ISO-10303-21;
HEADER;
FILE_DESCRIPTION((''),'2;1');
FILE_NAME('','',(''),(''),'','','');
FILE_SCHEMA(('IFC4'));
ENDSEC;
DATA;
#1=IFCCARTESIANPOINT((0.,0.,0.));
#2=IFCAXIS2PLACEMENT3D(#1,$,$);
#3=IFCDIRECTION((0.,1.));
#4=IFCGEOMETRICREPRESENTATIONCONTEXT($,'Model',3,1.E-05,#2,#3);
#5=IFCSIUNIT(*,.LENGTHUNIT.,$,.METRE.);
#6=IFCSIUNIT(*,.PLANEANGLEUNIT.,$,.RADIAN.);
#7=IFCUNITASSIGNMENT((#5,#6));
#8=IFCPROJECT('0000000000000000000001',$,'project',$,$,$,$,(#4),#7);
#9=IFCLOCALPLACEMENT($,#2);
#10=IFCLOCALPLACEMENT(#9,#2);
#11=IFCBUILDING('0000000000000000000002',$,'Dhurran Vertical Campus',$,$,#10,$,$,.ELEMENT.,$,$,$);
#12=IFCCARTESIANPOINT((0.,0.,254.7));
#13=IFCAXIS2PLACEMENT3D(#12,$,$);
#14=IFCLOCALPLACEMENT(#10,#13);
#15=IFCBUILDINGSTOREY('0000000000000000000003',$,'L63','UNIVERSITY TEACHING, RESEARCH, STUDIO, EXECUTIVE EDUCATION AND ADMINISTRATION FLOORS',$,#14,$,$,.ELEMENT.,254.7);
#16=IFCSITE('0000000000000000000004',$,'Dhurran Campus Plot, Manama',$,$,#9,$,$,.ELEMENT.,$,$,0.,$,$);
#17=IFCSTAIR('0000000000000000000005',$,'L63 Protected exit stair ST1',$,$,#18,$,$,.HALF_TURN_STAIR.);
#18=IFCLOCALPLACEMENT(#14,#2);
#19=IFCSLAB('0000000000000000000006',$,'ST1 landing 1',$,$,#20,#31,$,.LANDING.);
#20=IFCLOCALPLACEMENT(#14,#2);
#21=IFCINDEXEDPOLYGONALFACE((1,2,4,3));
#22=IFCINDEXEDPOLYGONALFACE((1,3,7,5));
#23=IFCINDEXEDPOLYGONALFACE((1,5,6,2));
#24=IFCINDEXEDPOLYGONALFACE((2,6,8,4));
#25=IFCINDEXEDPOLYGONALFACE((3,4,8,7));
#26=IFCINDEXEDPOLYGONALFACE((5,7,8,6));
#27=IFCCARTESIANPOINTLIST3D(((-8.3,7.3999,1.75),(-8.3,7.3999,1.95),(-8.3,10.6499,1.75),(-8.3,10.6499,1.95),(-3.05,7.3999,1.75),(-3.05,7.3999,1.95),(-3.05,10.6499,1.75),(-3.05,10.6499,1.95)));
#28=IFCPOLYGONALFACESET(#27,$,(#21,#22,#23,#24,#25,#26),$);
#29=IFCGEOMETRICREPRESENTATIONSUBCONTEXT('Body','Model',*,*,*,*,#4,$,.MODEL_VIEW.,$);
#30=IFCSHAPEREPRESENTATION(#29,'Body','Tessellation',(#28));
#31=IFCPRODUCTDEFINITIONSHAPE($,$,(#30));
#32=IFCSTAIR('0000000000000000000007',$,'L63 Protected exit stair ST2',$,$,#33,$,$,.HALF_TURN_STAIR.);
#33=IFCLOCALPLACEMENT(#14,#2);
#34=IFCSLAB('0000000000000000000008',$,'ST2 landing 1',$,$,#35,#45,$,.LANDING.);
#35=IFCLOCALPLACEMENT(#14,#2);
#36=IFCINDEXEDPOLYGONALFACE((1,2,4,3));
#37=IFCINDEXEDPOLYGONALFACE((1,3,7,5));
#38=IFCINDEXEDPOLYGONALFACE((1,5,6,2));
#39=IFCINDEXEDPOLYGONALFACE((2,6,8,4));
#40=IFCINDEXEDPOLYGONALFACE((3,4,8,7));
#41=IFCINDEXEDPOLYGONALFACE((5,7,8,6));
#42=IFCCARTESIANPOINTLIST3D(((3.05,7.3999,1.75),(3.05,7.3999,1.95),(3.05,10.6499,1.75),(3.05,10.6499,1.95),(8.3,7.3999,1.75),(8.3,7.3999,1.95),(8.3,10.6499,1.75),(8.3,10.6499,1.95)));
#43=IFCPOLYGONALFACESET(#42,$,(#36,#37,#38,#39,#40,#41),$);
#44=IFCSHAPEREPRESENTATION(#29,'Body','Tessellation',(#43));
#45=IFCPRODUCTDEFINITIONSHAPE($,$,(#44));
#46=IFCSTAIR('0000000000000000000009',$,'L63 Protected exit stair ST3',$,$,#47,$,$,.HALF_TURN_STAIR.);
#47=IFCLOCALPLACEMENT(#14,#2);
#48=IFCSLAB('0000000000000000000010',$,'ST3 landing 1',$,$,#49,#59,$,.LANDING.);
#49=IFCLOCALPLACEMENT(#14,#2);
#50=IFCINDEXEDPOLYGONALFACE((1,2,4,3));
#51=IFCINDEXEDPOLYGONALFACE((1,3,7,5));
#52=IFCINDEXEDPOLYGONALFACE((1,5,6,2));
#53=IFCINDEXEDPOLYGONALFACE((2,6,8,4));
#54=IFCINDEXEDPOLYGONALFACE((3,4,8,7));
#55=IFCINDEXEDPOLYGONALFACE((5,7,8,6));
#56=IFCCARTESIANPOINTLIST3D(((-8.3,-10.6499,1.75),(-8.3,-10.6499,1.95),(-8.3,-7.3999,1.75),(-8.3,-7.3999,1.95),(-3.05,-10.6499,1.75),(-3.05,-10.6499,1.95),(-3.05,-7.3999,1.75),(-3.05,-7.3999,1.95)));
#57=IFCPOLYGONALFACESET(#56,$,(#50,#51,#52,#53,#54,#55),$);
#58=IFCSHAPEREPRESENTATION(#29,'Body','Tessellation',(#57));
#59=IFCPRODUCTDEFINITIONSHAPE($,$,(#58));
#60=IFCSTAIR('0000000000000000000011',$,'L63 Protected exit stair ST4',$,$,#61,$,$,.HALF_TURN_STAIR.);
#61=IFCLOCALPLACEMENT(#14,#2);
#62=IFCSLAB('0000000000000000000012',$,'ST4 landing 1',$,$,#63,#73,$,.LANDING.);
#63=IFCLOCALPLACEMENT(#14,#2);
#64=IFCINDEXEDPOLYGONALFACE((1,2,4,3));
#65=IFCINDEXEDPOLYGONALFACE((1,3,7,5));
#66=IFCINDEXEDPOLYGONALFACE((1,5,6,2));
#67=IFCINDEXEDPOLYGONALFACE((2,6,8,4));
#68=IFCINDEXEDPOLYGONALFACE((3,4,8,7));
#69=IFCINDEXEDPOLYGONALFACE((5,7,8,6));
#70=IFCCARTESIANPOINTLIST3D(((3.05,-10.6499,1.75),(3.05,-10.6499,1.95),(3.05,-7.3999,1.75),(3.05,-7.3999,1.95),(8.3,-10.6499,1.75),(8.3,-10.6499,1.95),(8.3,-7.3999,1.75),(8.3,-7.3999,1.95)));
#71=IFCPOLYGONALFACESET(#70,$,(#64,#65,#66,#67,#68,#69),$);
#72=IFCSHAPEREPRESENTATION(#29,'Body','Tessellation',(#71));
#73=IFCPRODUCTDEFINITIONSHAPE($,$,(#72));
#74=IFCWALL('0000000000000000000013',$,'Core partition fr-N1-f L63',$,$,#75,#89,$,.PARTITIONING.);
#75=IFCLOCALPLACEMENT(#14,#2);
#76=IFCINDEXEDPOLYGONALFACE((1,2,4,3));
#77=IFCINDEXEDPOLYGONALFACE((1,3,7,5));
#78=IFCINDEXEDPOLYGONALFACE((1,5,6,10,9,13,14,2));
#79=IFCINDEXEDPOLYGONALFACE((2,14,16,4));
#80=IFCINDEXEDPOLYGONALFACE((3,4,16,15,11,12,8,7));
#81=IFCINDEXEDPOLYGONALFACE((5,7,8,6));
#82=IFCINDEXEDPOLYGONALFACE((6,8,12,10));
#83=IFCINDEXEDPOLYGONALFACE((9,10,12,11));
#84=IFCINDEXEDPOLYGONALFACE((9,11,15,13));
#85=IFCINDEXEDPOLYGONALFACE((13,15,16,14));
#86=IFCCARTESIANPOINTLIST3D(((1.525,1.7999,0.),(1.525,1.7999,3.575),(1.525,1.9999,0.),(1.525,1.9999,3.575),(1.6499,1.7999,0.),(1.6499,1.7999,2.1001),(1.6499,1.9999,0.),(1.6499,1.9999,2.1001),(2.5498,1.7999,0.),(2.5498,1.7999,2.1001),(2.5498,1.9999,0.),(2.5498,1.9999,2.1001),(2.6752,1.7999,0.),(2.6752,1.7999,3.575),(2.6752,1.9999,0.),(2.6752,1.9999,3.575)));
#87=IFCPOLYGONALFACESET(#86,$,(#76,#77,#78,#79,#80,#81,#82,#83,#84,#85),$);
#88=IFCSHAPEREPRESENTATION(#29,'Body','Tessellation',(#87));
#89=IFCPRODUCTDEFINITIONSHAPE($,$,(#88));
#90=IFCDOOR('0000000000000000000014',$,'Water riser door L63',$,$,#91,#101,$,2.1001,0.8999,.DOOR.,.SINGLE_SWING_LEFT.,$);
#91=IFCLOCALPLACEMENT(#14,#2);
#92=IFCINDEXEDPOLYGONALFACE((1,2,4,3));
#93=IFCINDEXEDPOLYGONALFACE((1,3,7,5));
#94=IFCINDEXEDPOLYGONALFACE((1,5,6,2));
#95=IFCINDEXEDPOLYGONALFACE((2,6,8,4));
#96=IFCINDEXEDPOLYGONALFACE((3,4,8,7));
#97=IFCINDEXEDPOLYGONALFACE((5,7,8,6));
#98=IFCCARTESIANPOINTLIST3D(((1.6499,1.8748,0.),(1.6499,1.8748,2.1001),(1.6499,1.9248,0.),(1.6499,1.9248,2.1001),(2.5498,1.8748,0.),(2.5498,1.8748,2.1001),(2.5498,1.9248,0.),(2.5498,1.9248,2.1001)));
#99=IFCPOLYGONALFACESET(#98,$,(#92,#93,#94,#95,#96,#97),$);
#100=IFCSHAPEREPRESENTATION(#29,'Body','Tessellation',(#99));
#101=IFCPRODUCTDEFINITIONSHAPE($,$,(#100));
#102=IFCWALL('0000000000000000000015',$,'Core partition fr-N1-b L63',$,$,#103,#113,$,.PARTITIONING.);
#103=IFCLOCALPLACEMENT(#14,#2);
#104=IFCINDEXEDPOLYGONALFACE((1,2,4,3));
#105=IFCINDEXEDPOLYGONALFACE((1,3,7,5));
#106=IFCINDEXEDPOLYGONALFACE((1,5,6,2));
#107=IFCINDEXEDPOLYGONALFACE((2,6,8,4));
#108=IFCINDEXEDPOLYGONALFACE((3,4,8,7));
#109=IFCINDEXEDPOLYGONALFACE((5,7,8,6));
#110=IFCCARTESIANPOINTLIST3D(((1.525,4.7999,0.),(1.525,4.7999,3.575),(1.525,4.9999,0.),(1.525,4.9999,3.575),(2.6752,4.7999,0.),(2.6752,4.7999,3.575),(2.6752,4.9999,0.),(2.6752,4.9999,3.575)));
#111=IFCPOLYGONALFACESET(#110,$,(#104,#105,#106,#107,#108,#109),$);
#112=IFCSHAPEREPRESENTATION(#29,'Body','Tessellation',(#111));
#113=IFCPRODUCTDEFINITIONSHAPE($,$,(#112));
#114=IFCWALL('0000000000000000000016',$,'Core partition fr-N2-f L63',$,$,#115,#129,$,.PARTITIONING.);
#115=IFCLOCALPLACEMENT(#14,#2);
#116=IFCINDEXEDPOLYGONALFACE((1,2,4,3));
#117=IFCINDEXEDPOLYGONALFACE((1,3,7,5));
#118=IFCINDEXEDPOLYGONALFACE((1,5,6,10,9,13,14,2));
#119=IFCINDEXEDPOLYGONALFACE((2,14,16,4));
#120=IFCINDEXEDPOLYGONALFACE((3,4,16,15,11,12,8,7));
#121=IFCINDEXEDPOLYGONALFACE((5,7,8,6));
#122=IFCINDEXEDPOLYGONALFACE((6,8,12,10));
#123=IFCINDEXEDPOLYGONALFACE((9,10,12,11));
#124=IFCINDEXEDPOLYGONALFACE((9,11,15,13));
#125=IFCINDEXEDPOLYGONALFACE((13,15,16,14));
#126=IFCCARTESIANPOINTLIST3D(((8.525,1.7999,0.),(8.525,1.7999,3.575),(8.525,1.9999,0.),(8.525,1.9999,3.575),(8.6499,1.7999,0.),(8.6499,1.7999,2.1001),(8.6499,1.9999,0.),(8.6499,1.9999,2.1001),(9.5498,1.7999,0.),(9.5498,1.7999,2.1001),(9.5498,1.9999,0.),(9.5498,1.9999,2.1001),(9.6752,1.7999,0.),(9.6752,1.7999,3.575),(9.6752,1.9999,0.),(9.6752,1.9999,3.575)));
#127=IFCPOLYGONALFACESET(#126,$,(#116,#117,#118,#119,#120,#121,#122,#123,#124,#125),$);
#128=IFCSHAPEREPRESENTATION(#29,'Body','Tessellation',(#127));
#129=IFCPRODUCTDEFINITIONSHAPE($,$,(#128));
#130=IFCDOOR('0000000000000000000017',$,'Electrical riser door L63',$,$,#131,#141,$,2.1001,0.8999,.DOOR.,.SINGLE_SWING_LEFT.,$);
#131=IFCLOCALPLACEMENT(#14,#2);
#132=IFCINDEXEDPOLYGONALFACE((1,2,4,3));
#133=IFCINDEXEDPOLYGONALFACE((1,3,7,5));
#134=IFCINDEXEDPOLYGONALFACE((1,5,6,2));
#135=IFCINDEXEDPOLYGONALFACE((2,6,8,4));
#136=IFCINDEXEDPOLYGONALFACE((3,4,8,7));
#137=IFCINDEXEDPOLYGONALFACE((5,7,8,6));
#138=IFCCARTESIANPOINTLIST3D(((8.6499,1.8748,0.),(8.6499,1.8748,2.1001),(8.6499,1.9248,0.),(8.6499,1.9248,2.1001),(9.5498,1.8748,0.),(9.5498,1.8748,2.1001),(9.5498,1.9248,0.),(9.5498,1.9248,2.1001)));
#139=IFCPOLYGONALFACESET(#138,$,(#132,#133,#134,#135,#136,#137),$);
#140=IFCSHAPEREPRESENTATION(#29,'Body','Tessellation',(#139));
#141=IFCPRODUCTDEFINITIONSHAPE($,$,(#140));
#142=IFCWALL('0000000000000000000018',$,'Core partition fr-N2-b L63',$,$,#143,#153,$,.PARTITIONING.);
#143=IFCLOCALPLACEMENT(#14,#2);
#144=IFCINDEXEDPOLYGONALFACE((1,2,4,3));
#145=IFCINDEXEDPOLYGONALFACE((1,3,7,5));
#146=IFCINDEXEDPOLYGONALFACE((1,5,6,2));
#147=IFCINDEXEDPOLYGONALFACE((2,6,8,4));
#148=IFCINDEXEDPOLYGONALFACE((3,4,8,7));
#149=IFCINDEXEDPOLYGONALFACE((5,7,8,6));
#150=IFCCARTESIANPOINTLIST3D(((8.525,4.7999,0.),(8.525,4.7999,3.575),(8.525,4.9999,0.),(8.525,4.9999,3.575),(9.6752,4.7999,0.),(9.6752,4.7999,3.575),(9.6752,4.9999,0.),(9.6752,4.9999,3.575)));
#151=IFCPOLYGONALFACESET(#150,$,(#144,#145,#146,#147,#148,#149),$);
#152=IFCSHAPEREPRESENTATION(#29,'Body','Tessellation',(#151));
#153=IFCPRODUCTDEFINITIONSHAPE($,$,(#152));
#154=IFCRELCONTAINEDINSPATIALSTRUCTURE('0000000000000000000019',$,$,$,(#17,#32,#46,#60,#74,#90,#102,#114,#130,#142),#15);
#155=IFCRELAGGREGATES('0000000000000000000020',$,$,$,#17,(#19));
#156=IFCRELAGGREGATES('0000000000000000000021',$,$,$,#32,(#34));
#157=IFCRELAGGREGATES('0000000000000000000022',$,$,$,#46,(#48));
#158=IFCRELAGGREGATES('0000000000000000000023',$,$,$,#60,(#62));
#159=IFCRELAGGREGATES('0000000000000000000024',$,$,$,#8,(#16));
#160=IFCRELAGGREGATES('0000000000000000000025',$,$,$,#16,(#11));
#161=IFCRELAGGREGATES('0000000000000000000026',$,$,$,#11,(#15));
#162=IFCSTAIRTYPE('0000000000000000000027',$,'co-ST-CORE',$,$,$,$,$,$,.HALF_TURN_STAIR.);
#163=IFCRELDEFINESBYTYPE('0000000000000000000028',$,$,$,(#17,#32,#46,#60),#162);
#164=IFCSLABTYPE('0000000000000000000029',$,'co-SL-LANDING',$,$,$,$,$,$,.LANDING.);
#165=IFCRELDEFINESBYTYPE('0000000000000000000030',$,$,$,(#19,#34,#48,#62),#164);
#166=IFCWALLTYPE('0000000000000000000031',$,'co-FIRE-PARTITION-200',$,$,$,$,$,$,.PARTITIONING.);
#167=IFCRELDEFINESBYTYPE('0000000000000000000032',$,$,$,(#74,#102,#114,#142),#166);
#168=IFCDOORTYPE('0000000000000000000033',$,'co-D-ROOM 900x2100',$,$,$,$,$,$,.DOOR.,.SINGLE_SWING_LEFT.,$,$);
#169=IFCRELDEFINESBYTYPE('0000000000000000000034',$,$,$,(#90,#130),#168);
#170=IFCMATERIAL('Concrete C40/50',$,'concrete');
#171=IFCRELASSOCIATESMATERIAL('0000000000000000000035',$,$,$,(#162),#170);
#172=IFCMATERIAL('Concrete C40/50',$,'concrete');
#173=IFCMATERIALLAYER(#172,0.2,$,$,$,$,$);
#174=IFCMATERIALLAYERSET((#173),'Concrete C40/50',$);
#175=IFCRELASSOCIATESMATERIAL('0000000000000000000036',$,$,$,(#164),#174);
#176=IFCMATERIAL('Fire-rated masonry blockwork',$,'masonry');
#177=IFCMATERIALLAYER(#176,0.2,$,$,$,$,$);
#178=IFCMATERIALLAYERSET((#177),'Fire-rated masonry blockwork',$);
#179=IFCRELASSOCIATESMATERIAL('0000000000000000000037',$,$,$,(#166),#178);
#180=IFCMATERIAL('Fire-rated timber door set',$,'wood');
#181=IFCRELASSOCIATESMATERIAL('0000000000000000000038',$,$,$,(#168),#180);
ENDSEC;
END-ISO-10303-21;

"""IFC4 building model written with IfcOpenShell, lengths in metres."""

from ifc_helpers import new_model, si_unit, direction, frame, frame_2d, origin, place, context, subcontext, project, spatial, polyline, rectangle, outline, extrude, material, layer, layer_set, type_object, element, fill, aggregate, save


model = new_model("IFC4")

# Units and contexts
model_context = context("Model", 3, precision=1e-05, world=origin(), true_north=direction((0.0, 1.0)))
body_context = subcontext(model_context, "Body", "Model", "MODEL_VIEW")
ifc_project = project(units=[si_unit("LENGTHUNIT", "METRE"), si_unit("PLANEANGLEUNIT", "RADIAN")], contexts=[model_context])

# Site, building, storey
site_placement = place(None, origin())
site = spatial("IfcSite", under=ifc_project, at=site_placement, Name="Dhurran Campus Plot, Manama", CompositionType="ELEMENT", RefElevation=0.0)
building_placement = place(site_placement, origin())
building = spatial("IfcBuilding", under=site, at=building_placement, Name="Dhurran Vertical Campus", CompositionType="ELEMENT")
storey_placement = place(building_placement, frame((0.0, 0.0, 254.7)))
storey = spatial("IfcBuildingStorey", under=building, at=storey_placement, Name="L63", Description="UNIVERSITY TEACHING, RESEARCH, STUDIO, EXECUTIVE EDUCATION AND ADMINISTRATION FLOORS", CompositionType="ELEMENT", Elevation=254.7)

# Stairs, slabs
ifc_material_1 = material(Name="Concrete C40/50", Category="concrete")
stair_type = type_object("IfcStairType", Name="co-ST-CORE", PredefinedType="HALF_TURN_STAIR", material=ifc_material_1)
stair_1_placement = place(storey_placement, origin())
stair_1 = element("IfcStair", 1, at=stair_1_placement, inside=storey, type_object=stair_type, Name="L63 Protected exit stair ST1", PredefinedType="HALF_TURN_STAIR")
ifc_material_2 = material(Name="Concrete C40/50", Category="concrete")
ifc_layer_1 = layer(ifc_material_2, 0.2)
ifc_layer_set_1 = layer_set([ifc_layer_1], Name="Concrete C40/50")
slab_type = type_object("IfcSlabType", Name="co-SL-LANDING", PredefinedType="LANDING", material=ifc_layer_set_1)
slab_1_placement = place(storey_placement, frame((0.0, 0.0, 1.75)))
slab_1 = element("IfcSlab", 2, at=slab_1_placement, type_object=slab_type, Name="ST1 landing 1", PredefinedType="LANDING", context=body_context, shape_type="SweptSolid", body=[
    extrude(outline(polyline([(-8.3, 7.3999), (-3.05, 7.3999), (-3.05, 10.6499), (-8.3, 10.6499), (-8.3, 7.3999)])), origin(), (0.0, 0.0, 1.0), 0.2),
])
aggregate(stair_1, [slab_1])
stair_2_placement = place(storey_placement, origin())
stair_2 = element("IfcStair", 3, at=stair_2_placement, inside=storey, type_object=stair_type, Name="L63 Protected exit stair ST2", PredefinedType="HALF_TURN_STAIR")
slab_2_placement = place(storey_placement, frame((0.0, 0.0, 1.75)))
slab_2 = element("IfcSlab", 4, at=slab_2_placement, type_object=slab_type, Name="ST2 landing 1", PredefinedType="LANDING", context=body_context, shape_type="SweptSolid", body=[
    extrude(outline(polyline([(8.3, 10.6499), (3.05, 10.6499), (3.05, 7.3999), (8.3, 7.3999), (8.3, 10.6499)])), origin(), (0.0, 0.0, 1.0), 0.2),
])
aggregate(stair_2, [slab_2])
stair_3_placement = place(storey_placement, origin())
stair_3 = element("IfcStair", 5, at=stair_3_placement, inside=storey, type_object=stair_type, Name="L63 Protected exit stair ST3", PredefinedType="HALF_TURN_STAIR")
slab_3_placement = place(storey_placement, frame((0.0, 0.0, 1.75)))
slab_3 = element("IfcSlab", 6, at=slab_3_placement, type_object=slab_type, Name="ST3 landing 1", PredefinedType="LANDING", context=body_context, shape_type="SweptSolid", body=[
    extrude(outline(polyline([(-8.3, -10.6499), (-3.05, -10.6499), (-3.05, -7.3999), (-8.3, -7.3999), (-8.3, -10.6499)])), origin(), (0.0, 0.0, 1.0), 0.2),
])
aggregate(stair_3, [slab_3])
stair_4_placement = place(storey_placement, origin())
stair_4 = element("IfcStair", 7, at=stair_4_placement, inside=storey, type_object=stair_type, Name="L63 Protected exit stair ST4", PredefinedType="HALF_TURN_STAIR")
slab_4_placement = place(storey_placement, frame((0.0, 0.0, 1.75)))
slab_4 = element("IfcSlab", 8, at=slab_4_placement, type_object=slab_type, Name="ST4 landing 1", PredefinedType="LANDING", context=body_context, shape_type="SweptSolid", body=[
    extrude(outline(polyline([(8.3, -7.3999), (3.05, -7.3999), (3.05, -10.6499), (8.3, -10.6499), (8.3, -7.3999)])), origin(), (0.0, 0.0, 1.0), 0.2),
])
aggregate(stair_4, [slab_4])

# Wall, opening, door
ifc_material_3 = material(Name="Fire-rated masonry blockwork", Category="masonry")
ifc_layer_2 = layer(ifc_material_3, 0.2)
ifc_layer_set_2 = layer_set([ifc_layer_2], Name="Fire-rated masonry blockwork")
wall_type_1 = type_object("IfcWallType", Name="co-FIRE-PARTITION-200", PredefinedType="PARTITIONING", material=ifc_layer_set_2)
wall_1_placement = place(storey_placement, frame((1.5249, 1.8999, 0.0), z_axis=(0.0, 0.0, 1.0), x_axis=(1.0, 0.0, 0.0)))
wall_1 = element("IfcWall", 9, at=wall_1_placement, inside=storey, type_object=wall_type_1, Name="Core partition fr-N1-f L63", PredefinedType="PARTITIONING", context=body_context, shape_type="SweptSolid", body=[
    extrude(rectangle(XDim=1.1501, YDim=0.2, at=frame_2d((0.5752, 0.0))), origin(), (0.0, 0.0, 1.0), 3.575),
])
opening_1_placement = place(wall_1_placement, frame((0.125, 0.0, 0.0)))
opening_1 = element("IfcOpeningElement", 10, at=opening_1_placement, cuts=wall_1, PredefinedType="OPENING", context=body_context, shape_type="SweptSolid", body=[
    extrude(rectangle(XDim=0.8999, YDim=2.1001, at=frame_2d((0.45, 1.05))), frame((0.0, 0.1099, 0.0), z_axis=(0.0, -1.0, 0.0), x_axis=(1.0, 0.0, 0.0)), (0.0, 0.0, 1.0), 0.22),
])
ifc_material_4 = material(Name="Fire-rated timber door set", Category="wood")
door_type_1 = type_object("IfcDoorType", Name="co-D-ROOM 900x2100", OperationType="SINGLE_SWING_LEFT", PredefinedType="DOOR", material=ifc_material_4)
door_1_placement = place(opening_1_placement, origin())
door_1 = element("IfcDoor", 11, at=door_1_placement, inside=storey, type_object=door_type_1, Name="Water riser door L63", OperationType="SINGLE_SWING_LEFT", OverallHeight=2.1001, OverallWidth=0.8999, PredefinedType="DOOR", context=body_context, shape_type="SweptSolid", body=[
    extrude(rectangle(XDim=0.8999, YDim=2.1001, at=frame_2d((0.45, 1.05))), frame((0.0, 0.0249, 0.0), z_axis=(0.0, -1.0, 0.0), x_axis=(1.0, 0.0, 0.0)), (0.0, 0.0, 1.0), 0.05),
])
fill(opening_1, door_1)

# Wall
wall_2_placement = place(storey_placement, frame((1.5249, 4.8999, 0.0), z_axis=(0.0, 0.0, 1.0), x_axis=(1.0, 0.0, 0.0)))
element("IfcWall", 12, at=wall_2_placement, inside=storey, type_object=wall_type_1, Name="Core partition fr-N1-b L63", PredefinedType="PARTITIONING", context=body_context, shape_type="SweptSolid", body=[
    extrude(rectangle(XDim=1.1501, YDim=0.2, at=frame_2d((0.5752, 0.0))), origin(), (0.0, 0.0, 1.0), 3.575),
])

# Wall, opening, door
wall_3_placement = place(storey_placement, frame((8.5249, 1.8999, 0.0), z_axis=(0.0, 0.0, 1.0), x_axis=(1.0, 0.0, 0.0)))
wall_3 = element("IfcWall", 13, at=wall_3_placement, inside=storey, type_object=wall_type_1, Name="Core partition fr-N2-f L63", PredefinedType="PARTITIONING", context=body_context, shape_type="SweptSolid", body=[
    extrude(rectangle(XDim=1.1501, YDim=0.2, at=frame_2d((0.5752, 0.0))), origin(), (0.0, 0.0, 1.0), 3.575),
])
opening_2_placement = place(wall_3_placement, frame((0.125, 0.0, 0.0)))
opening_2 = element("IfcOpeningElement", 14, at=opening_2_placement, cuts=wall_3, PredefinedType="OPENING", context=body_context, shape_type="SweptSolid", body=[
    extrude(rectangle(XDim=0.8999, YDim=2.1001, at=frame_2d((0.45, 1.05))), frame((0.0, 0.1099, 0.0), z_axis=(0.0, -1.0, 0.0), x_axis=(1.0, 0.0, 0.0)), (0.0, 0.0, 1.0), 0.22),
])
door_2_placement = place(opening_2_placement, origin())
door_2 = element("IfcDoor", 15, at=door_2_placement, inside=storey, type_object=door_type_1, Name="Electrical riser door L63", OperationType="SINGLE_SWING_LEFT", OverallHeight=2.1001, OverallWidth=0.8999, PredefinedType="DOOR", context=body_context, shape_type="SweptSolid", body=[
    extrude(rectangle(XDim=0.8999, YDim=2.1001, at=frame_2d((0.45, 1.05))), frame((0.0, 0.0249, 0.0), z_axis=(0.0, -1.0, 0.0), x_axis=(1.0, 0.0, 0.0)), (0.0, 0.0, 1.0), 0.05),
])
fill(opening_2, door_2)

# Wall
wall_4_placement = place(storey_placement, frame((8.5249, 4.8999, 0.0), z_axis=(0.0, 0.0, 1.0), x_axis=(1.0, 0.0, 0.0)))
element("IfcWall", 16, at=wall_4_placement, inside=storey, type_object=wall_type_1, Name="Core partition fr-N2-b L63", PredefinedType="PARTITIONING", context=body_context, shape_type="SweptSolid", body=[
    extrude(rectangle(XDim=1.1501, YDim=0.2, at=frame_2d((0.5752, 0.0))), origin(), (0.0, 0.0, 1.0), 3.575),
])

save(model, "model.ifc")
